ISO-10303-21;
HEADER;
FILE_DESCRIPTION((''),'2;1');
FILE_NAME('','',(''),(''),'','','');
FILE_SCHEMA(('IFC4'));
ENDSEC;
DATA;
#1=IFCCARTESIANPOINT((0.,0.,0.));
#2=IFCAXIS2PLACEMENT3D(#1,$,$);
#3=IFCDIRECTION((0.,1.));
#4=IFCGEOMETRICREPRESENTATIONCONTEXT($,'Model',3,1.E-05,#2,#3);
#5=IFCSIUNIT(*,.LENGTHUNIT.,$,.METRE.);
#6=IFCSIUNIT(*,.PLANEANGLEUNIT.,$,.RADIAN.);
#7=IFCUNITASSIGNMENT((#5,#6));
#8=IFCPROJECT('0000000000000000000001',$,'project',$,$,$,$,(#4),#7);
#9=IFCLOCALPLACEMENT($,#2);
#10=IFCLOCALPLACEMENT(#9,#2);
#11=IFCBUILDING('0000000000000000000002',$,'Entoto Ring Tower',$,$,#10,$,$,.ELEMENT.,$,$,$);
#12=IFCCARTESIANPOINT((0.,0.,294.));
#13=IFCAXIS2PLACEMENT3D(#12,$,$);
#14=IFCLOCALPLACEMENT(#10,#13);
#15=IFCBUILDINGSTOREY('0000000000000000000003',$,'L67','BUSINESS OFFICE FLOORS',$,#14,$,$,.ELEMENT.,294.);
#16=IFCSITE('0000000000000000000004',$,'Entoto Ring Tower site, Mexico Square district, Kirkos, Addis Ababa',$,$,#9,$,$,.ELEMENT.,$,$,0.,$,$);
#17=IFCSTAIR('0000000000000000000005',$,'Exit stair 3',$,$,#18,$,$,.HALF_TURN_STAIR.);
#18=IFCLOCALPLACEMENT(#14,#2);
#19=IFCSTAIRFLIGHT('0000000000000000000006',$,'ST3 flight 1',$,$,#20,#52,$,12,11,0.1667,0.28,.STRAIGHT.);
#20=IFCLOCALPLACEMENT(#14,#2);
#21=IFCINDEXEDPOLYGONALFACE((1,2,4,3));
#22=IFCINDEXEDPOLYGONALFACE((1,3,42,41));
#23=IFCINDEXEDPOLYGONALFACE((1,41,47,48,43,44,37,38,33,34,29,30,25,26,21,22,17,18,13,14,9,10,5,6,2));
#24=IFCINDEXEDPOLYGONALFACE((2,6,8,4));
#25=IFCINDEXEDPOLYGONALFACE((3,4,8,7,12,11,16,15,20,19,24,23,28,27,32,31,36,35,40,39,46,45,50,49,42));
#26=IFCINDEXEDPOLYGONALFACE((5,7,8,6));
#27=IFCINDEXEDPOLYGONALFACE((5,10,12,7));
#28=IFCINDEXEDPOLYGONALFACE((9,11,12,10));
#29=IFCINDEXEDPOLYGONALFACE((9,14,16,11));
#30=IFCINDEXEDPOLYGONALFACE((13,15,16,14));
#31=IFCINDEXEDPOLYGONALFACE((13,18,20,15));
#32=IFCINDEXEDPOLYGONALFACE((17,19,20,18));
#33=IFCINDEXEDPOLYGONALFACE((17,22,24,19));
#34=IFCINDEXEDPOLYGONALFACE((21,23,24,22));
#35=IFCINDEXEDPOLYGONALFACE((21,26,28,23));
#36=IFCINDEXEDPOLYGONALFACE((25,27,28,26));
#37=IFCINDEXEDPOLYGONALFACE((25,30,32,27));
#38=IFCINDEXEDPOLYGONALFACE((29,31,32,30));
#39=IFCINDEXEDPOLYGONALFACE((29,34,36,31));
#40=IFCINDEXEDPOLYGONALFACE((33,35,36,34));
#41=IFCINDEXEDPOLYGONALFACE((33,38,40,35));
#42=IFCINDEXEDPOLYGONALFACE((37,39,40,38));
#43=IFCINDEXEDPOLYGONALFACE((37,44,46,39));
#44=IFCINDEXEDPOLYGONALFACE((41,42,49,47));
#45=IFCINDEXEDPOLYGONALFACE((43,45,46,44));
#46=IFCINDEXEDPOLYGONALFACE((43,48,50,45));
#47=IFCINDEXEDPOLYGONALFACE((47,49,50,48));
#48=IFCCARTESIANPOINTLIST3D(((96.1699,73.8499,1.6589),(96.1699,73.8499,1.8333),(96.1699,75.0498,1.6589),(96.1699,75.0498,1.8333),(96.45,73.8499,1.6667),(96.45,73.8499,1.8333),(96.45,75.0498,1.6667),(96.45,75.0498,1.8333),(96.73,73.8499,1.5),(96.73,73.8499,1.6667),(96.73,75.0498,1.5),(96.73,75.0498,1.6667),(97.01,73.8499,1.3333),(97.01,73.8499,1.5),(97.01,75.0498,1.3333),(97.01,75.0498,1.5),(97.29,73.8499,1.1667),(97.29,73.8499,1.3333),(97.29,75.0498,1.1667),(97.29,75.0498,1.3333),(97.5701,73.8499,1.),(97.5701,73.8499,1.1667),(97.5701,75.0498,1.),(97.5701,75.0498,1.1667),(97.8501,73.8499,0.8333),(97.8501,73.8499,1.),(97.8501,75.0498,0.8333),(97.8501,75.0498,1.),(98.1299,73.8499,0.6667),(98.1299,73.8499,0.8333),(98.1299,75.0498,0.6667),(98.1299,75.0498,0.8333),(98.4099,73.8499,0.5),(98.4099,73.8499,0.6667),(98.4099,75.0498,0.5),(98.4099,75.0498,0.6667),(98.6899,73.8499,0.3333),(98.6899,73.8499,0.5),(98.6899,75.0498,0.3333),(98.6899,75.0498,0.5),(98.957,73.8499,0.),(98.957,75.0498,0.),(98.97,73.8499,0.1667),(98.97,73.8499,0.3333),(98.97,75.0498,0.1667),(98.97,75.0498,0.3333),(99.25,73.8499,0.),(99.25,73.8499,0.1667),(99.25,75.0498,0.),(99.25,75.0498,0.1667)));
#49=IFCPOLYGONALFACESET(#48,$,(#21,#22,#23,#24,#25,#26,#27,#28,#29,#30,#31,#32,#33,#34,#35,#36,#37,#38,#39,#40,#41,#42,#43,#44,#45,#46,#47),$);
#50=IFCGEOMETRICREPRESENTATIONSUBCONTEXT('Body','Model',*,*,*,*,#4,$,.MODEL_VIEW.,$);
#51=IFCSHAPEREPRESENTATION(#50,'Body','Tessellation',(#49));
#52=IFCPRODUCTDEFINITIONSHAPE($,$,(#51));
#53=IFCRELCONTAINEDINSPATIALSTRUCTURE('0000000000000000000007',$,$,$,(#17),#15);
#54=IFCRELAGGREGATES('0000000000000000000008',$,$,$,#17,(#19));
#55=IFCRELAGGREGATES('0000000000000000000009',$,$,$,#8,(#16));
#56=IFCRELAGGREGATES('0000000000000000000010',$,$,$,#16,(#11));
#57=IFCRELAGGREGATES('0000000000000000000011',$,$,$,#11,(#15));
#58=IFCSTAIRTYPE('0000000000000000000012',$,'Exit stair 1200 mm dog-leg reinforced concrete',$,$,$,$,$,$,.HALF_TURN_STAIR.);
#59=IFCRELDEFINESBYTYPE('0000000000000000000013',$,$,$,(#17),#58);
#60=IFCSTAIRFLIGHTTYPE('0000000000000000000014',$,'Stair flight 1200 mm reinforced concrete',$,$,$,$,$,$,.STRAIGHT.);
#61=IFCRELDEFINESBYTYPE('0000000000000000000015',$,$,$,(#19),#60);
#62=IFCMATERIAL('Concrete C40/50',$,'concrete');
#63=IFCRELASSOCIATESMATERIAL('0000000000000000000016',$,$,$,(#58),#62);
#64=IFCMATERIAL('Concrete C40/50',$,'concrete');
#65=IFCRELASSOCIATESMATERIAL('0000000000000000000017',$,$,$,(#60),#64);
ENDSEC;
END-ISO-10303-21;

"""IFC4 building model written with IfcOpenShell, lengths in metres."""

from ifc_helpers import new_model, si_unit, direction, frame, origin, place, context, subcontext, project, spatial, polyline, outline, extrude, material, type_object, element, aggregate, save


model = new_model("IFC4")

# Units and contexts
model_context = context("Model", 3, precision=1e-05, world=origin(), true_north=direction((0.0, 1.0)))
body_context = subcontext(model_context, "Body", "Model", "MODEL_VIEW")
ifc_project = project(units=[si_unit("LENGTHUNIT", "METRE"), si_unit("PLANEANGLEUNIT", "RADIAN")], contexts=[model_context])

# Site, building, storey
site_placement = place(None, origin())
site = spatial("IfcSite", under=ifc_project, at=site_placement, Name="Entoto Ring Tower site, Mexico Square district, Kirkos, Addis Ababa", CompositionType="ELEMENT", RefElevation=0.0)
building_placement = place(site_placement, origin())
building = spatial("IfcBuilding", under=site, at=building_placement, Name="Entoto Ring Tower", CompositionType="ELEMENT")
storey_placement = place(building_placement, frame((0.0, 0.0, 294.0)))
storey = spatial("IfcBuildingStorey", under=building, at=storey_placement, Name="L67", Description="BUSINESS OFFICE FLOORS", CompositionType="ELEMENT", Elevation=294.0)

# Stair, stair flight
ifc_material_1 = material(Name="Concrete C40/50", Category="concrete")
stair_type = type_object("IfcStairType", Name="Exit stair 1200 mm dog-leg reinforced concrete", PredefinedType="HALF_TURN_STAIR", material=ifc_material_1)
stair_placement = place(storey_placement, origin())
stair = element("IfcStair", 1, at=stair_placement, inside=storey, type_object=stair_type, Name="Exit stair 3", PredefinedType="HALF_TURN_STAIR")
ifc_material_2 = material(Name="Concrete C40/50", Category="concrete")
stair_flight_type = type_object("IfcStairFlightType", Name="Stair flight 1200 mm reinforced concrete", PredefinedType="STRAIGHT", material=ifc_material_2)
stair_flight_placement = place(storey_placement, frame((99.25, 74.45, 0.0), z_axis=(0.0, 0.0, 1.0), x_axis=(-1.0, 0.0, 0.0)))
stair_flight = element("IfcStairFlight", 2, at=stair_flight_placement, type_object=stair_flight_type, Name="ST3 flight 1", NumberOfRisers=12, NumberOfTreads=11, PredefinedType="STRAIGHT", RiserHeight=0.1667, TreadLength=0.28, context=body_context, shape_type="SweptSolid", body=[
    extrude(outline(polyline([(0.0, 0.0), (0.0, 0.1667), (0.28, 0.1667), (0.28, 0.3333), (0.5601, 0.3333), (0.5601, 0.5), (0.8401, 0.5), (0.8401, 0.6667), (1.1201, 0.6667), (1.1201, 0.8333), (1.3999, 0.8333), (1.3999, 1.0), (1.6799, 1.0), (1.6799, 1.1667), (1.96, 1.1667), (1.96, 1.3333), (2.24, 1.3333), (2.24, 1.5), (2.52, 1.5), (2.52, 1.6667), (2.8, 1.6667), (2.8, 1.8333), (3.0801, 1.8333), (3.0801, 2.0), (3.0801, 1.6589), (0.293, 0.0), (0.0, 0.0)])), frame((0.0, 0.6001, 0.0), z_axis=(0.0, -1.0, 0.0), x_axis=(1.0, 0.0, 0.0)), (0.0, 0.0, 1.0), 1.2),
])
aggregate(stair, [stair_flight])

save(model, "model.ifc")
